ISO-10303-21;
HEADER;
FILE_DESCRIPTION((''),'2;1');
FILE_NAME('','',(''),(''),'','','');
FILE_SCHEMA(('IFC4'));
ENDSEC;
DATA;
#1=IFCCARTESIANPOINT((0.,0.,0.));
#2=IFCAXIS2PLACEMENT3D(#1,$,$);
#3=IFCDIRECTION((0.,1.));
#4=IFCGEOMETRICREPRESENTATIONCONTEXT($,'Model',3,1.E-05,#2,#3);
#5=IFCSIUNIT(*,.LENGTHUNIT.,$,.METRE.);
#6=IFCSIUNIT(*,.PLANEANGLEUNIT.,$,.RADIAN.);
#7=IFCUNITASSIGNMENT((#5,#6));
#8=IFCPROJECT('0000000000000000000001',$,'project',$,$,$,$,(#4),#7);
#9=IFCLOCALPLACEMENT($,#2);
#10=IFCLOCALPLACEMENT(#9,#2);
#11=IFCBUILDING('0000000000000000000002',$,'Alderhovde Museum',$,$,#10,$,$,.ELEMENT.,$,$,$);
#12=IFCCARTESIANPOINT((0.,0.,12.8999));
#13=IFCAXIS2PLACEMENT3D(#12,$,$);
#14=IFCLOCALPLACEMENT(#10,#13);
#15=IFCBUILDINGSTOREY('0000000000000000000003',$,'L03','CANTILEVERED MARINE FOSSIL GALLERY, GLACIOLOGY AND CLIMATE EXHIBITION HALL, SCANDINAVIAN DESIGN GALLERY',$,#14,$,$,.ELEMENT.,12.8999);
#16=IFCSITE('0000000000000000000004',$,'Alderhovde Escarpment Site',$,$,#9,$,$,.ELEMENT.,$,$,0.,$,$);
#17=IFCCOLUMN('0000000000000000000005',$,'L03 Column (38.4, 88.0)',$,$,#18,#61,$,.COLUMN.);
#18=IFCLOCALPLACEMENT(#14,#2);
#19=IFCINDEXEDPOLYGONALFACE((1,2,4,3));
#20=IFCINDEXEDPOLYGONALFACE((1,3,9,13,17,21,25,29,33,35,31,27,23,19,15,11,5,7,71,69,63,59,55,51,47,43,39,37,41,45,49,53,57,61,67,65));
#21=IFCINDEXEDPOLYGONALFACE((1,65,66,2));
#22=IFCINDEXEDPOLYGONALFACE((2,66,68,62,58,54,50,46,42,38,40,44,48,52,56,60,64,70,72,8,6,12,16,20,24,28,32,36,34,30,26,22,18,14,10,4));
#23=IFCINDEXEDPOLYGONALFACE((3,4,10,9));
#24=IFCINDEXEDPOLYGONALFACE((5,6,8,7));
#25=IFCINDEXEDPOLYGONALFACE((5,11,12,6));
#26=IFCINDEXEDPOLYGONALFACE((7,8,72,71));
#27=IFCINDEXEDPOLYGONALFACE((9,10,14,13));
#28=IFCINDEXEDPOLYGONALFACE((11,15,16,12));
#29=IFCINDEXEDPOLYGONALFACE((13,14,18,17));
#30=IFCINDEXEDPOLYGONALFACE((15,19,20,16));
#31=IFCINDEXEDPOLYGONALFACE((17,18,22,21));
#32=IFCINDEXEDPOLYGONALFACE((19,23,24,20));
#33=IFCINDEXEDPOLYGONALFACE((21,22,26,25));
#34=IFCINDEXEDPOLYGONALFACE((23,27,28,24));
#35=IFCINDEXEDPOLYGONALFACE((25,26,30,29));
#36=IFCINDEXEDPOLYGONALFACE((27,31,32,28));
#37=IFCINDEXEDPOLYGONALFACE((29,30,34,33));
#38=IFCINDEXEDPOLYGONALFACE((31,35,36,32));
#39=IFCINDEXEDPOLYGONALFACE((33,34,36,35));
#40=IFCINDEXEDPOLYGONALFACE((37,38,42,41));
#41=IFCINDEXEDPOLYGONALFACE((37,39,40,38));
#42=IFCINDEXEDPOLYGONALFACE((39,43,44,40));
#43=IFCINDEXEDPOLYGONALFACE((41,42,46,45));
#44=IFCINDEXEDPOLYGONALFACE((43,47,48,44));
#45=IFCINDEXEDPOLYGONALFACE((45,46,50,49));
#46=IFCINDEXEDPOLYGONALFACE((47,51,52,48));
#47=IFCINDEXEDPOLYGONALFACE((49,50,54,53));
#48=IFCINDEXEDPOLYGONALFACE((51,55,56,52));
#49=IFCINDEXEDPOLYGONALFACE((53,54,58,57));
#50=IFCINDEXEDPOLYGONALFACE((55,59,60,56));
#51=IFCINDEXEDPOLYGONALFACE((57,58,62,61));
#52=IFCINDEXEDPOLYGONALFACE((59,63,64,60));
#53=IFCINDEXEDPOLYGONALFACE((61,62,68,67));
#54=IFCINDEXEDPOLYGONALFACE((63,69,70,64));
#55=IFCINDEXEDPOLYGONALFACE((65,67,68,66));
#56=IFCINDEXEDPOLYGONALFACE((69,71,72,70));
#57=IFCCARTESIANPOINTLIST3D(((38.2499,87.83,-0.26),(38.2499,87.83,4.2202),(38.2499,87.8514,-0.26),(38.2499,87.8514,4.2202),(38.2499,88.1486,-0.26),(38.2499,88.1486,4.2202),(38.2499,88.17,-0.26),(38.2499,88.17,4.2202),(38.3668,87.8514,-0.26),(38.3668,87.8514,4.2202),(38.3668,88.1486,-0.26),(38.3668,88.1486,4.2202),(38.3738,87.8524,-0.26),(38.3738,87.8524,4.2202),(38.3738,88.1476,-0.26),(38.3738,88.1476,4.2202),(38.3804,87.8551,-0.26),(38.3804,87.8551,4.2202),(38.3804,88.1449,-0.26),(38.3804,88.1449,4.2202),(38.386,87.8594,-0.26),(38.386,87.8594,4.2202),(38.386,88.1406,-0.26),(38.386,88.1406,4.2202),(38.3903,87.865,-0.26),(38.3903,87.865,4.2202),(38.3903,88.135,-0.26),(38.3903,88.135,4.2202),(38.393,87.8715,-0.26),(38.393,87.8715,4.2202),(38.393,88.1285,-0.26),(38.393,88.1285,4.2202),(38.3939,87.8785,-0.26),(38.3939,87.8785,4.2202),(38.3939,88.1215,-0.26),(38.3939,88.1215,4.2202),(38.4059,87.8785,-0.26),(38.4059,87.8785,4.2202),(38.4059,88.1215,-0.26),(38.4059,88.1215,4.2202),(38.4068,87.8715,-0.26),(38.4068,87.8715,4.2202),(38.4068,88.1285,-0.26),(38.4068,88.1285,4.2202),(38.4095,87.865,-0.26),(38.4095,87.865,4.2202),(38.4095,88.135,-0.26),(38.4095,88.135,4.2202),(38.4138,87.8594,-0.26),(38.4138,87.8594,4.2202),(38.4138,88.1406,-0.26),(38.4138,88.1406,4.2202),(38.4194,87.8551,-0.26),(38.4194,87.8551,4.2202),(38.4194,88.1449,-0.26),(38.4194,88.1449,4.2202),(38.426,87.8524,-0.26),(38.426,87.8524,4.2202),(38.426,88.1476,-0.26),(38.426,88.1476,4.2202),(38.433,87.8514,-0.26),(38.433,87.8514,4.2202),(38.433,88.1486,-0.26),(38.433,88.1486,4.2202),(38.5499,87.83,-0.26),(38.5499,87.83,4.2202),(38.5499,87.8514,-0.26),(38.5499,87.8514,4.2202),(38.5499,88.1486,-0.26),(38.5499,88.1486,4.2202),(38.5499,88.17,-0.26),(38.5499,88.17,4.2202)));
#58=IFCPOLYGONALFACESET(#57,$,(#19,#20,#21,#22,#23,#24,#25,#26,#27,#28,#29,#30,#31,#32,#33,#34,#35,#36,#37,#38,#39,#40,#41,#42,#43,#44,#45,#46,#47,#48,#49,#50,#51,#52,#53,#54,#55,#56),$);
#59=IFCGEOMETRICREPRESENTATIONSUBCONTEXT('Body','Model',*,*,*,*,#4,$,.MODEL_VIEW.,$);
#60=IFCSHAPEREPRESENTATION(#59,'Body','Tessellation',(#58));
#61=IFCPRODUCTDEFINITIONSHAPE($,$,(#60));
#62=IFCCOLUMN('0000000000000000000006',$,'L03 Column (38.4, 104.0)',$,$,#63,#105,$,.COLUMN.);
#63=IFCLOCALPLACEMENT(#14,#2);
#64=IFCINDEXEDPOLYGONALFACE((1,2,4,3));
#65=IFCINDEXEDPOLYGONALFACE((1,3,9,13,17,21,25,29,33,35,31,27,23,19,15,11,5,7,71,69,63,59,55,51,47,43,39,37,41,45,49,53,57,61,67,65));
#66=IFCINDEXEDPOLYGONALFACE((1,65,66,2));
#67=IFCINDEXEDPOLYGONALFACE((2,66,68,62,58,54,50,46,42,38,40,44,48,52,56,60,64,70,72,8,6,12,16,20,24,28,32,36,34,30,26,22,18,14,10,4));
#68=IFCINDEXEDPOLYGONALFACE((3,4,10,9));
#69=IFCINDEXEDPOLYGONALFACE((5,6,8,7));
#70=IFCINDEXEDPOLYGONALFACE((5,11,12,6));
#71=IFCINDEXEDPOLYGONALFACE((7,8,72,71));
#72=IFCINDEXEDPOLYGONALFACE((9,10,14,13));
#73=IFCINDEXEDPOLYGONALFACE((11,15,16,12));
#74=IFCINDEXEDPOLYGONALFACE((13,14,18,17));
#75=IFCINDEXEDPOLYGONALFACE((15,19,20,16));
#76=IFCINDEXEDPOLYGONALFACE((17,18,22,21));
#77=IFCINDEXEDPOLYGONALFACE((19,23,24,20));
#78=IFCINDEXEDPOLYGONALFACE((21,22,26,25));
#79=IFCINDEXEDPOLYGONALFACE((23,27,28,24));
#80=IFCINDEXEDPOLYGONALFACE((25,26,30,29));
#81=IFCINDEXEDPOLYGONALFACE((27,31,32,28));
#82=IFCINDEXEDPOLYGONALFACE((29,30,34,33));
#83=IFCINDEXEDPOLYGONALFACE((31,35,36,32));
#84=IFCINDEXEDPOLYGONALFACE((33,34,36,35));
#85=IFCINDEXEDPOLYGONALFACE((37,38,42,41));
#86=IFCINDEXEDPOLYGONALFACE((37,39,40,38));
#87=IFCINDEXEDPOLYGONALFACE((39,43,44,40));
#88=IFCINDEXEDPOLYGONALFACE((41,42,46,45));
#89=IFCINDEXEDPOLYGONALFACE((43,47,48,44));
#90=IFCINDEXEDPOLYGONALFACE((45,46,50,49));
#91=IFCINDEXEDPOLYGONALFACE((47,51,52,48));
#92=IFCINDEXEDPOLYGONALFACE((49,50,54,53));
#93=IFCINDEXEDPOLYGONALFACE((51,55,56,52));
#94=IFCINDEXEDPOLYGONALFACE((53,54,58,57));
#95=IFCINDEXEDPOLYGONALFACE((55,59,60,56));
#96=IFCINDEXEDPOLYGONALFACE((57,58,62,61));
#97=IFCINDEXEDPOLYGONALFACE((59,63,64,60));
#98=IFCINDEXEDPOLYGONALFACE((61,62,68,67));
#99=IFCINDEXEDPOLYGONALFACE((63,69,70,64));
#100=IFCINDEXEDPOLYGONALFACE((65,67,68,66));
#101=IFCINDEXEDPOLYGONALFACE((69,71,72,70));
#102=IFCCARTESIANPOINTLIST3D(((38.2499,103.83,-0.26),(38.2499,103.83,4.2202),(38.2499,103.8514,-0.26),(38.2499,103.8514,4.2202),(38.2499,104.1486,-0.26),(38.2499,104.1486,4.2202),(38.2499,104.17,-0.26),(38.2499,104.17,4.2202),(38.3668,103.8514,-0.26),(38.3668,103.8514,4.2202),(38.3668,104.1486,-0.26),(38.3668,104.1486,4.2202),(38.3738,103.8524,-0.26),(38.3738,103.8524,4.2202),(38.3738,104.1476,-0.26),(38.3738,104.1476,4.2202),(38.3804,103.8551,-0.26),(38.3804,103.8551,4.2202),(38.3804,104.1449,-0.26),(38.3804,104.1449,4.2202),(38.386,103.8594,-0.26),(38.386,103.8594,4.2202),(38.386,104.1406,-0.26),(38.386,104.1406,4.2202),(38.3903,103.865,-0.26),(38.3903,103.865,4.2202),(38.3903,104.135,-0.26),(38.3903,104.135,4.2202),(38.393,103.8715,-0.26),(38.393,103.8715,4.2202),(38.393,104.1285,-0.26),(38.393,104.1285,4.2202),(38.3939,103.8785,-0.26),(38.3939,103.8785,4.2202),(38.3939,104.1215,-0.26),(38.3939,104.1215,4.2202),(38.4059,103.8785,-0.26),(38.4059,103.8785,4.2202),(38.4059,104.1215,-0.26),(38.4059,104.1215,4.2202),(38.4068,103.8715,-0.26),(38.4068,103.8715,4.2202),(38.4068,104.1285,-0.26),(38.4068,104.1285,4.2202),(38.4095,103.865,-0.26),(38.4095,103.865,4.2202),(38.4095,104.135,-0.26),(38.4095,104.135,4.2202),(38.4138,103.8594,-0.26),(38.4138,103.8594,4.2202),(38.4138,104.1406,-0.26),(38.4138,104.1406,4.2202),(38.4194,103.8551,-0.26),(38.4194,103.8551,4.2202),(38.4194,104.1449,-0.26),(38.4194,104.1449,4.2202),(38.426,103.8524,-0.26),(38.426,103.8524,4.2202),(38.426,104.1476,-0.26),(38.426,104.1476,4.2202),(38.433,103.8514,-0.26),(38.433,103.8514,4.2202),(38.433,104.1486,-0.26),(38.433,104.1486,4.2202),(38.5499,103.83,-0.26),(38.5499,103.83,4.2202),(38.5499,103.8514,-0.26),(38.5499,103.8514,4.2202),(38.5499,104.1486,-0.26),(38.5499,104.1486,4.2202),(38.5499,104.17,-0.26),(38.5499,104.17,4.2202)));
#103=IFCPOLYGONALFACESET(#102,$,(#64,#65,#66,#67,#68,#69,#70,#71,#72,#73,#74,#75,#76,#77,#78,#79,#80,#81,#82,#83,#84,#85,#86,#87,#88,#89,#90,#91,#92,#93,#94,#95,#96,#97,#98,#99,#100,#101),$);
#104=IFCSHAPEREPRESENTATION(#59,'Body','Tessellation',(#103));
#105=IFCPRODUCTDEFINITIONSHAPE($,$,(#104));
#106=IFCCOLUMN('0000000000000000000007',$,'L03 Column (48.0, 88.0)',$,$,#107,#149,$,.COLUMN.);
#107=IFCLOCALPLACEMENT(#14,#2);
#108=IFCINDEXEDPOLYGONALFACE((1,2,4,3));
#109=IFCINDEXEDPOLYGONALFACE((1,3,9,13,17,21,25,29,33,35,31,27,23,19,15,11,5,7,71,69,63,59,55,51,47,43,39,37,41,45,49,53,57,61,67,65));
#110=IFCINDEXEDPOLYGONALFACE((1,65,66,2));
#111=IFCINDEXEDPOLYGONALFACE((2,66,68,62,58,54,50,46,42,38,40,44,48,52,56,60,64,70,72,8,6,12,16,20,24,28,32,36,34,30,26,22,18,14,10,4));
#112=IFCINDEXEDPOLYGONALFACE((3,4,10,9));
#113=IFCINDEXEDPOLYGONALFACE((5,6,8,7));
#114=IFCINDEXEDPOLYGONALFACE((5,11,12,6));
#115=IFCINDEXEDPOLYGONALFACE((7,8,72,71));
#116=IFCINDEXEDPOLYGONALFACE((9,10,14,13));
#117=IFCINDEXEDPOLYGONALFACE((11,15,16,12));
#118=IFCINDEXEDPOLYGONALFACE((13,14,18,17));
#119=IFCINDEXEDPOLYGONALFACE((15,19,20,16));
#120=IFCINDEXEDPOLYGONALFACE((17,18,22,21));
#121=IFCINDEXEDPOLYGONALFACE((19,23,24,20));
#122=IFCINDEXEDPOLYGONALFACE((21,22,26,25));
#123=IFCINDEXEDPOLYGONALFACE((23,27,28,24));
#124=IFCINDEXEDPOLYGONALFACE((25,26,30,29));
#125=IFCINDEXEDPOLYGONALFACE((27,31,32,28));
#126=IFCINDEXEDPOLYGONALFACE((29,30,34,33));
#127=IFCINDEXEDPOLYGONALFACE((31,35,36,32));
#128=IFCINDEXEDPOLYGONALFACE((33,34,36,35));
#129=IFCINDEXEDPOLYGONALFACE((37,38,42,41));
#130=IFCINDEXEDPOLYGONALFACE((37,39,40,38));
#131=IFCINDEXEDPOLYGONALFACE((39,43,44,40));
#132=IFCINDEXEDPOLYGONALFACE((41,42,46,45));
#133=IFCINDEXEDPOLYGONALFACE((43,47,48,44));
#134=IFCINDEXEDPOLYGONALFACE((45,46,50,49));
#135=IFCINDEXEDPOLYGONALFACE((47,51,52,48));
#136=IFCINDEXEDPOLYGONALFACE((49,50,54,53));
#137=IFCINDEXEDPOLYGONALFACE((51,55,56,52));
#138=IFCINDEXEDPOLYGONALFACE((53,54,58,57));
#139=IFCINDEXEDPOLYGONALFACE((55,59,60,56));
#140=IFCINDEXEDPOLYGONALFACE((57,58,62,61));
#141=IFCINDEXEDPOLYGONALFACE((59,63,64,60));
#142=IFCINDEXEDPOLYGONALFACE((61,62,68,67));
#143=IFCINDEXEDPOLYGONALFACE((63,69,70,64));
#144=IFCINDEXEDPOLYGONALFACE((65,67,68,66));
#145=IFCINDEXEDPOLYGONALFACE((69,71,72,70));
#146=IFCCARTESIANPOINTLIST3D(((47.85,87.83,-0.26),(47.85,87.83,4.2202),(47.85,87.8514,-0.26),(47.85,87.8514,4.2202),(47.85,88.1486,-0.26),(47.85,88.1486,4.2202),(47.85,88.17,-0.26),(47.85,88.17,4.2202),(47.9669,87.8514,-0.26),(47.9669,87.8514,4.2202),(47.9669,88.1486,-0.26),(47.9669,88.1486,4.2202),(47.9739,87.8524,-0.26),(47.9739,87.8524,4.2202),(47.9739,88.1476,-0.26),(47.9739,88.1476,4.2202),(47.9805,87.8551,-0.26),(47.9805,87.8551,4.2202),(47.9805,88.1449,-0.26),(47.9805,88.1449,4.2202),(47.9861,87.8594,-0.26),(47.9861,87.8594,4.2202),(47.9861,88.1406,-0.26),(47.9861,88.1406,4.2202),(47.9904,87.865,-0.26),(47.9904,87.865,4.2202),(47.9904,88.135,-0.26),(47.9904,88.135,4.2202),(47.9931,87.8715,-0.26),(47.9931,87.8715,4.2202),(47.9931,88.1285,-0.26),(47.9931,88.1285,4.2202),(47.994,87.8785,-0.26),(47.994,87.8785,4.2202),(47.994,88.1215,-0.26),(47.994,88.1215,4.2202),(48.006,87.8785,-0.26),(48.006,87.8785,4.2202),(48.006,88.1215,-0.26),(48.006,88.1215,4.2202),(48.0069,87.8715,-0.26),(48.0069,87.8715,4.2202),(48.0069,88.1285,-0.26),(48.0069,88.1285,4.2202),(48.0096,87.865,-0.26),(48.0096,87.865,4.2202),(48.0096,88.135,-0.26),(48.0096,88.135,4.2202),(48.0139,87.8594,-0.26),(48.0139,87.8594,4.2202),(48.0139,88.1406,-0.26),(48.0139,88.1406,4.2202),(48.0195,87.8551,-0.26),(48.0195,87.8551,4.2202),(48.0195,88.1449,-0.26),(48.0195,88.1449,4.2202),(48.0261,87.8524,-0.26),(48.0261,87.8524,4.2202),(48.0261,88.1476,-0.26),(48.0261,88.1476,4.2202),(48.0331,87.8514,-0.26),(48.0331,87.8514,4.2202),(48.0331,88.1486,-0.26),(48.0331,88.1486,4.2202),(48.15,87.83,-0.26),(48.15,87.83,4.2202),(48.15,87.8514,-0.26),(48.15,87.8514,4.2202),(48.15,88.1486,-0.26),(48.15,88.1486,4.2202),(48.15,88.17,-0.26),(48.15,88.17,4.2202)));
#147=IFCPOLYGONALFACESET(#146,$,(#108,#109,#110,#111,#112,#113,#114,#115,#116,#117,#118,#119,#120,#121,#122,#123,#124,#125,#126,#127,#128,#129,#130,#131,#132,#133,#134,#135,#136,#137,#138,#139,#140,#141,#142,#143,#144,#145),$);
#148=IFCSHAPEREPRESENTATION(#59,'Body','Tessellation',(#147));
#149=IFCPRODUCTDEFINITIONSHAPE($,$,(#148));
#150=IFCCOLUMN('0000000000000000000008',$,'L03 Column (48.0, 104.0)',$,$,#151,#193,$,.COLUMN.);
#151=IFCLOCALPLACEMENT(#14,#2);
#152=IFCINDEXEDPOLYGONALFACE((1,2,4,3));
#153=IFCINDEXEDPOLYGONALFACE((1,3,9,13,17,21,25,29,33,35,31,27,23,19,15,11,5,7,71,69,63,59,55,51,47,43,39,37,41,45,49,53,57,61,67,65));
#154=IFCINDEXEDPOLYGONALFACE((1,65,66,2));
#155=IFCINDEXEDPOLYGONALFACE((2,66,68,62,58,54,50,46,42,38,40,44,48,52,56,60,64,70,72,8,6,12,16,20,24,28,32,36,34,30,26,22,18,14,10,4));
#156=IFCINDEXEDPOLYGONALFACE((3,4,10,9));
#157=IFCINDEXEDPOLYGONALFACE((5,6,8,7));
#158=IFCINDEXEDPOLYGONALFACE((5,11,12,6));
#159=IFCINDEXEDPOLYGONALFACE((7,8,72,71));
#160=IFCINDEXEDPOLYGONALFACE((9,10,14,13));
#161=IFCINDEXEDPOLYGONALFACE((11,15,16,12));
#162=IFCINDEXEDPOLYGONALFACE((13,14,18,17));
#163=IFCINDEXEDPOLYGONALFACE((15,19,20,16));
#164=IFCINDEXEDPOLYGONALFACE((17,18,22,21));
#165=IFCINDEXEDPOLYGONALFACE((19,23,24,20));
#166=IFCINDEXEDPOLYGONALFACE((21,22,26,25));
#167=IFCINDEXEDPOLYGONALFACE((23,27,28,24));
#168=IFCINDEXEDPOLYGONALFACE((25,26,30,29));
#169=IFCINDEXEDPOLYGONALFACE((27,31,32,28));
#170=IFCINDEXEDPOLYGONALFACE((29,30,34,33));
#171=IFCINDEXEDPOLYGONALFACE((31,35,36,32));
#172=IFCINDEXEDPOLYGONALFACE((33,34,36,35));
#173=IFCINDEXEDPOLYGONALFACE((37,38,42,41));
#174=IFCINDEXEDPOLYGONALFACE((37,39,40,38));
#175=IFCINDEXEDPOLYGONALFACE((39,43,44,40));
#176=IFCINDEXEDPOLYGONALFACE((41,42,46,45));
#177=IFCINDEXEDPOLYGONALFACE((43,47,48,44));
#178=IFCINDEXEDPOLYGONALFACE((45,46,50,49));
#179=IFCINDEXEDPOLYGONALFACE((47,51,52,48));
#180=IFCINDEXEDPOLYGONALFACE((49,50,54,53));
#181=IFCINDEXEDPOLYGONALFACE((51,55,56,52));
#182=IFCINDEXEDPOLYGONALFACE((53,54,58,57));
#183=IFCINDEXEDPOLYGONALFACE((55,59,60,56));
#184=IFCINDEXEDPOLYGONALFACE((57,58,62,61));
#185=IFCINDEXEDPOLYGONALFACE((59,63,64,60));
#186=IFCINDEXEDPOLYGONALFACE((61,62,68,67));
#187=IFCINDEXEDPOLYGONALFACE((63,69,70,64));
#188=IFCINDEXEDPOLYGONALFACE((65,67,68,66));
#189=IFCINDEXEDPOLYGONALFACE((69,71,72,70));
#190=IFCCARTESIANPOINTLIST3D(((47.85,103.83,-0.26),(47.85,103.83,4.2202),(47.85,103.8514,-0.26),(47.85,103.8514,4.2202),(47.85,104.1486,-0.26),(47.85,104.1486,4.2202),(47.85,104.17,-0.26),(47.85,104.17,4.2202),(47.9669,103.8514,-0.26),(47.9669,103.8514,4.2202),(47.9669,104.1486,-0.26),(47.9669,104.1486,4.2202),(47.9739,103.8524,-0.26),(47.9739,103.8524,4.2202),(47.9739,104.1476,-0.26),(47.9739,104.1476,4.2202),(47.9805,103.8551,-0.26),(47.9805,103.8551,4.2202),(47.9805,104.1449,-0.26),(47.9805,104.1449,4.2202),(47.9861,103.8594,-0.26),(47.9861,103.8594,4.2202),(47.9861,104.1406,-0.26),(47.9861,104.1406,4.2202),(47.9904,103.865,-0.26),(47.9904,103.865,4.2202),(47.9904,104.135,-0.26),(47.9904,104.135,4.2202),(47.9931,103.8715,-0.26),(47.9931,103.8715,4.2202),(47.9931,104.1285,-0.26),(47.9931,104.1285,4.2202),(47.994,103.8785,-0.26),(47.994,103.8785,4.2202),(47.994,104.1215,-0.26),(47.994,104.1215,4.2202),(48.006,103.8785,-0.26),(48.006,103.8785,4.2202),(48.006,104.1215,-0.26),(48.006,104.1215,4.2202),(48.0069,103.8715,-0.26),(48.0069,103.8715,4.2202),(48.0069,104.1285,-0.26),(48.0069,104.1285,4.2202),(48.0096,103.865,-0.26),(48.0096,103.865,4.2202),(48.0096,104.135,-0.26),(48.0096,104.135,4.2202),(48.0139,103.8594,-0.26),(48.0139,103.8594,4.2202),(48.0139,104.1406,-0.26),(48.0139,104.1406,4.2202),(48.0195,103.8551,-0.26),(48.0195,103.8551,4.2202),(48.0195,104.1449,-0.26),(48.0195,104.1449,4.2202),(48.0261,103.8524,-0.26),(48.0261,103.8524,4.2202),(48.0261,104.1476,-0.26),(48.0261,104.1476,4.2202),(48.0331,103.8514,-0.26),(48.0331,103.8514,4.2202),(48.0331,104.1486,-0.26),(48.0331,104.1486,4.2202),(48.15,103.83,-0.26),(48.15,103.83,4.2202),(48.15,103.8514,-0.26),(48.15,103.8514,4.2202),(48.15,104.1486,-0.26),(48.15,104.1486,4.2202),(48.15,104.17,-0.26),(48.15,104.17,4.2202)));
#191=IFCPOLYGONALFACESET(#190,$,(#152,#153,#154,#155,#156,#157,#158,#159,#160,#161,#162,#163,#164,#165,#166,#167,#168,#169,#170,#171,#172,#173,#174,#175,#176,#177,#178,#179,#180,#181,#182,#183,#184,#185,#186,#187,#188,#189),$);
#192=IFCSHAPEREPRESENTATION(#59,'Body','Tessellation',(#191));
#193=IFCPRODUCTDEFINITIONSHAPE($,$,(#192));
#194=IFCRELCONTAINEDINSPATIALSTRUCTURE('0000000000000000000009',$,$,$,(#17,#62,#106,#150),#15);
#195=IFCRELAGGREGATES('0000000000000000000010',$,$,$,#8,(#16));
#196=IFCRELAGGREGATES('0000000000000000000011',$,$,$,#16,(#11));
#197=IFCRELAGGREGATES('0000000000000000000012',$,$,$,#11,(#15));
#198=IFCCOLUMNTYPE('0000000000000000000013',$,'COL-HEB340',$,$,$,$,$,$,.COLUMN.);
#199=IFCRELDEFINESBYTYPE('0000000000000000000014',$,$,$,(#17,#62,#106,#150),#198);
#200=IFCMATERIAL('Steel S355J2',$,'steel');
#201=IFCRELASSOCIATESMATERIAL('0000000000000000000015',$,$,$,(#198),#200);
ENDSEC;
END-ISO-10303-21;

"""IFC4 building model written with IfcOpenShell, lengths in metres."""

from ifc_helpers import new_model, si_unit, direction, frame, origin, origin_2d, place, context, subcontext, project, spatial, i_section, extrude, material, material_profile, profile_set, type_object, element, save


model = new_model("IFC4")

# Units and contexts
model_context = context("Model", 3, precision=1e-05, world=origin(), true_north=direction((0.0, 1.0)))
body_context = subcontext(model_context, "Body", "Model", "MODEL_VIEW")
ifc_project = project(units=[si_unit("LENGTHUNIT", "METRE"), si_unit("PLANEANGLEUNIT", "RADIAN")], contexts=[model_context])

# Site, building, storey
site_placement = place(None, origin())
site = spatial("IfcSite", under=ifc_project, at=site_placement, Name="Alderhovde Escarpment Site", CompositionType="ELEMENT", RefElevation=0.0)
building_placement = place(site_placement, origin())
building = spatial("IfcBuilding", under=site, at=building_placement, Name="Alderhovde Museum", CompositionType="ELEMENT")
storey_placement = place(building_placement, frame((0.0, 0.0, 12.8999)))
storey = spatial("IfcBuildingStorey", under=building, at=storey_placement, Name="L03", Description="CANTILEVERED MARINE FOSSIL GALLERY, GLACIOLOGY AND CLIMATE EXHIBITION HALL, SCANDINAVIAN DESIGN GALLERY", CompositionType="ELEMENT", Elevation=12.8999)

# Columns
ifc_material_1 = material(Name="Steel S355J2", Category="steel")
ifc_material_profile_1 = material_profile(ifc_material_1, i_section(OverallWidth=0.3, OverallDepth=0.3401, WebThickness=0.012, FlangeThickness=0.0215, FilletRadius=0.0271, at=origin_2d()), Name="HEB 340")
ifc_profile_set_1 = profile_set([ifc_material_profile_1], Name="Steel S355J2")
column_type_1 = type_object("IfcColumnType", Name="COL-HEB340", PredefinedType="COLUMN", material=ifc_profile_set_1)
for number, where, z_axis, x_axis, name in (
    (1, (38.3999, 88.0, -0.26), (0.0, 0.0, 1.0), (1.0, 0.0, 0.0), "L03 Column (38.4, 88.0)"),
    (2, (38.3999, 104.0, -0.26), (0.0, 0.0, 1.0), (1.0, 0.0, 0.0), "L03 Column (38.4, 104.0)"),
    (3, (48.0, 88.0, -0.26), (0.0, 0.0, 1.0), (1.0, 0.0, 0.0), "L03 Column (48.0, 88.0)"),
    (4, (48.0, 104.0, -0.26), (0.0, 0.0, 1.0), (1.0, 0.0, 0.0), "L03 Column (48.0, 104.0)"),
):
    element("IfcColumn", number, at=place(storey_placement, frame(where, z_axis=z_axis, x_axis=x_axis)), inside=storey, type_object=column_type_1, Name=name, PredefinedType="COLUMN", context=body_context, shape_type="SweptSolid", body=[
        extrude(i_section(OverallWidth=0.3, OverallDepth=0.3401, WebThickness=0.012, FlangeThickness=0.0215, FilletRadius=0.0271, at=origin_2d()), origin(), (0.0, 0.0, 1.0), 4.4802),
    ])

save(model, "model.ifc")
